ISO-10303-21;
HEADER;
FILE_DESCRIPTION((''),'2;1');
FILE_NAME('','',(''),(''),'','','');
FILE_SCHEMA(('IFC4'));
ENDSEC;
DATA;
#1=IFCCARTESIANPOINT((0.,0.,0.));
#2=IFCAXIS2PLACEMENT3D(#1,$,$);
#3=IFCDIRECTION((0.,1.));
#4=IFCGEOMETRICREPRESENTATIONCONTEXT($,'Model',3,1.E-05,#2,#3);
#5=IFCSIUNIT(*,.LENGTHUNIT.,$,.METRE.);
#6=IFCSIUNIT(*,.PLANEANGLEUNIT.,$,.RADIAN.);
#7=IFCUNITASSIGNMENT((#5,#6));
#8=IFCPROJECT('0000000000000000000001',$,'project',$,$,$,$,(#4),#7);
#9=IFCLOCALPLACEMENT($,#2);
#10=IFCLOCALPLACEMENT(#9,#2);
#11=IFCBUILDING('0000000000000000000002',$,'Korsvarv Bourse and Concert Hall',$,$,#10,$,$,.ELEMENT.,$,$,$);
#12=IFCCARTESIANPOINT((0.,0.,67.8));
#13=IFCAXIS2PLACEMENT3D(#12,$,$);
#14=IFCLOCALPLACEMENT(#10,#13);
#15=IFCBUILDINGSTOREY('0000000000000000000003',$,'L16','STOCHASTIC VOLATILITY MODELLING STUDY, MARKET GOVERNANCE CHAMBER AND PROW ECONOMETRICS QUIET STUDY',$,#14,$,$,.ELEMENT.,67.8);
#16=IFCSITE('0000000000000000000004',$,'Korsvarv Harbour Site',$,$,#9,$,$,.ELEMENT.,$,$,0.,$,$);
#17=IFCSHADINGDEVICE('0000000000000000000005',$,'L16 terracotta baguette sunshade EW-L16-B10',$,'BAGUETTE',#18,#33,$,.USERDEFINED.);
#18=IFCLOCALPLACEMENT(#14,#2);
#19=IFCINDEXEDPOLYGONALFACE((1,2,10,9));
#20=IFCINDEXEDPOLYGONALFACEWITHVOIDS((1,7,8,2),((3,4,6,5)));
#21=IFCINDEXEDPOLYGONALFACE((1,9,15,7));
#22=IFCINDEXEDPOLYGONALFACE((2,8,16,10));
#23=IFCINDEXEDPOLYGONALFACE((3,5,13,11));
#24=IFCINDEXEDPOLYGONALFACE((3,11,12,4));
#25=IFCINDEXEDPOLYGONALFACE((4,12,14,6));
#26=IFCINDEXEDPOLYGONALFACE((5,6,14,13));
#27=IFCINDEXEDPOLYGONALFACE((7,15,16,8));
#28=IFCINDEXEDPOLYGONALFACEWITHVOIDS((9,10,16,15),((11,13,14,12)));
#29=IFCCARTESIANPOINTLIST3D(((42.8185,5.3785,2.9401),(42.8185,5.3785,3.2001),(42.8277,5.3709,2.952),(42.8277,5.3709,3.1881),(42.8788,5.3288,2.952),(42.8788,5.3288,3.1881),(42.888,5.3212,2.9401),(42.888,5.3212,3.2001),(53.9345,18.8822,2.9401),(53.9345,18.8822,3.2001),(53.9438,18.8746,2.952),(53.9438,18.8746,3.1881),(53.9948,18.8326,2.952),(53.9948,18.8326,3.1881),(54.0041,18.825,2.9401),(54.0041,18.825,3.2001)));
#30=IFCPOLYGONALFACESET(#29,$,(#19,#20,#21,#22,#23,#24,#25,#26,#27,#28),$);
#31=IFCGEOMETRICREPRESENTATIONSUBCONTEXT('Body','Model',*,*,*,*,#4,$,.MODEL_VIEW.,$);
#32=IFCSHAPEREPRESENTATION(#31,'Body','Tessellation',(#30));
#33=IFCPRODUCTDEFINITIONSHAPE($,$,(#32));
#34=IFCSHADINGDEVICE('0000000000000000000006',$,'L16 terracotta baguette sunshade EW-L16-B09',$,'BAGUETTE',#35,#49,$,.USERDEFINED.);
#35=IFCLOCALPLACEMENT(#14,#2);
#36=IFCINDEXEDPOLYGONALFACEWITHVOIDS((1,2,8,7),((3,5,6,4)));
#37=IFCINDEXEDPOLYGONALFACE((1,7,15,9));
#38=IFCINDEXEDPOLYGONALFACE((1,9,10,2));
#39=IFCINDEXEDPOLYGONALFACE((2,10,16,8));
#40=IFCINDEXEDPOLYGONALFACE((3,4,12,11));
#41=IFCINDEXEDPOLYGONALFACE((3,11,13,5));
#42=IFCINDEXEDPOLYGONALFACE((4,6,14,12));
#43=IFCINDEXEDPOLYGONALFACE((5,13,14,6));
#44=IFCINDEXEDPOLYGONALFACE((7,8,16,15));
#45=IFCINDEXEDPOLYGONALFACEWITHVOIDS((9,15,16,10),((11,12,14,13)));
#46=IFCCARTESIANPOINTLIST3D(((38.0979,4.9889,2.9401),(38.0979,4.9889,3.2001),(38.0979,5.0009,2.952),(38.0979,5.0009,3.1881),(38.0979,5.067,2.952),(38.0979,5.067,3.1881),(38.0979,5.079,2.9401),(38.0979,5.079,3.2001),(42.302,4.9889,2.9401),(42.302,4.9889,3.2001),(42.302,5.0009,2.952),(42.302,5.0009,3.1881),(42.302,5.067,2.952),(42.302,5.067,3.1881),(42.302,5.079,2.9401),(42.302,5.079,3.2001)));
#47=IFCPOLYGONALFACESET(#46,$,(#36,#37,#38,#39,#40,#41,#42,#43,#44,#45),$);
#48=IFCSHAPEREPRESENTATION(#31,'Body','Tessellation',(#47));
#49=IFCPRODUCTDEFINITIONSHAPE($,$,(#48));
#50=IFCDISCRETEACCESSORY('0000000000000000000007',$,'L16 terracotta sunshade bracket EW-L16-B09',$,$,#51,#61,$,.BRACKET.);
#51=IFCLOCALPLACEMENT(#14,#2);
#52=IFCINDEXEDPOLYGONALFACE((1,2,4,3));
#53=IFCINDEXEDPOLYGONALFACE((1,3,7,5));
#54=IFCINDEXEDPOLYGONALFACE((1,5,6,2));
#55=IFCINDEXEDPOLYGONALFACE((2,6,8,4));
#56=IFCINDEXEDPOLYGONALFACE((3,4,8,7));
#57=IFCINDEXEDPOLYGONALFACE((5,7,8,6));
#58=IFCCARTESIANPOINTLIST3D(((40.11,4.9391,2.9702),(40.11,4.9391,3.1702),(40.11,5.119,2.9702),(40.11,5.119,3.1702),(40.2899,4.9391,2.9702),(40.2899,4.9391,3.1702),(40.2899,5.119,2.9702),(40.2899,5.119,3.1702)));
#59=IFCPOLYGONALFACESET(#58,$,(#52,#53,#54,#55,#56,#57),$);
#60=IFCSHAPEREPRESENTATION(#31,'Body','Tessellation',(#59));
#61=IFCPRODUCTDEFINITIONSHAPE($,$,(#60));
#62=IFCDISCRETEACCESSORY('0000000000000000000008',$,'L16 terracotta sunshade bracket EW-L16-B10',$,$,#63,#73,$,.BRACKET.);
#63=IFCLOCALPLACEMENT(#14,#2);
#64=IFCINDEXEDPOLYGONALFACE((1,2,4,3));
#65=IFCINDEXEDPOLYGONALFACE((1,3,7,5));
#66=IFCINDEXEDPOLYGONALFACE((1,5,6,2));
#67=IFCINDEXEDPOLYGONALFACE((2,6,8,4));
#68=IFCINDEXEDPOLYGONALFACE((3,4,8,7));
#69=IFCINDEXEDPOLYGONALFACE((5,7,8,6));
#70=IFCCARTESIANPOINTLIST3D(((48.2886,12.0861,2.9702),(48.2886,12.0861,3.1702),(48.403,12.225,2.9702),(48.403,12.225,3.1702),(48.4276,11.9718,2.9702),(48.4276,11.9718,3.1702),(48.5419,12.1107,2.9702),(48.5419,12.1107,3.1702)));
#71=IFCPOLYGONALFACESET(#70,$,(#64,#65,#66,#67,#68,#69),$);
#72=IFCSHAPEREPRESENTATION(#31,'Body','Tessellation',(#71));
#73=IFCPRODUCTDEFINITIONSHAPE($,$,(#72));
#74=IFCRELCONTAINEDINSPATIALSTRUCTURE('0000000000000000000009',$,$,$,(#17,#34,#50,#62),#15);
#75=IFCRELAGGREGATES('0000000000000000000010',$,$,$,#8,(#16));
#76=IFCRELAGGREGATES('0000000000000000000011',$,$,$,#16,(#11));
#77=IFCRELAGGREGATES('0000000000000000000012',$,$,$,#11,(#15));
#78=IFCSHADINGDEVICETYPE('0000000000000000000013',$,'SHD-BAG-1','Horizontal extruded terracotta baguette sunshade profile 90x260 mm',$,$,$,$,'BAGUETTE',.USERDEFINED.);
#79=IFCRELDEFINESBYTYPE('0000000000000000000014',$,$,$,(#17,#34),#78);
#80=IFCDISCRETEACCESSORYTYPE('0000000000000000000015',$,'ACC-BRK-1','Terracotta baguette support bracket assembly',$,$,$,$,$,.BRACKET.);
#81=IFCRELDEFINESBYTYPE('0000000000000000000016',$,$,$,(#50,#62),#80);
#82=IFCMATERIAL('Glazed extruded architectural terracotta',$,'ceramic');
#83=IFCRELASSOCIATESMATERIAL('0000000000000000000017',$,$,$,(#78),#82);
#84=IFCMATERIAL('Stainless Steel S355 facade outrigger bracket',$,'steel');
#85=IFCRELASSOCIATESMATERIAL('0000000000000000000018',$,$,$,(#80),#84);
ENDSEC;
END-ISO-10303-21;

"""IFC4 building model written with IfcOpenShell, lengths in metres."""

from ifc_helpers import new_model, si_unit, direction, frame, origin, origin_2d, place, context, subcontext, project, spatial, rectangle, hollow_rectangle, extrude, source, transform, mapped, material, material_profile, profile_set, type_object, element, save


model = new_model("IFC4")

# Units and contexts
model_context = context("Model", 3, precision=1e-05, world=origin(), true_north=direction((0.0, 1.0)))
body_context = subcontext(model_context, "Body", "Model", "MODEL_VIEW")
ifc_project = project(units=[si_unit("LENGTHUNIT", "METRE"), si_unit("PLANEANGLEUNIT", "RADIAN")], contexts=[model_context])

# Site, building, storey
site_placement = place(None, origin())
site = spatial("IfcSite", under=ifc_project, at=site_placement, Name="Korsvarv Harbour Site", CompositionType="ELEMENT", RefElevation=0.0)
building_placement = place(site_placement, origin())
building = spatial("IfcBuilding", under=site, at=building_placement, Name="Korsvarv Bourse and Concert Hall", CompositionType="ELEMENT")
storey_placement = place(building_placement, frame((0.0, 0.0, 67.8)))
storey = spatial("IfcBuildingStorey", under=building, at=storey_placement, Name="L16", Description="STOCHASTIC VOLATILITY MODELLING STUDY, MARKET GOVERNANCE CHAMBER AND PROW ECONOMETRICS QUIET STUDY", CompositionType="ELEMENT", Elevation=67.8)

# Shading devices
ifc_material_1 = material(Name="Glazed extruded architectural terracotta", Category="ceramic")
ifc_material_profile_1 = material_profile(ifc_material_1, hollow_rectangle(XDim=0.0901, YDim=0.26, WallThickness=0.012, at=origin_2d()), Name="TC-BAG 90x260")
ifc_profile_set_1 = profile_set([ifc_material_profile_1], Name="Glazed extruded architectural terracotta")
shading_device_type = type_object("IfcShadingDeviceType", Name="SHD-BAG-1", Description="Horizontal extruded terracotta baguette sunshade profile 90x260 mm", ElementType="BAGUETTE", PredefinedType="USERDEFINED", material=ifc_profile_set_1)
shared_shape_1 = source(origin(), body_context, "Body", "SweptSolid", [
    extrude(hollow_rectangle(XDim=0.0901, YDim=0.26, WallThickness=0.012, at=origin_2d()), origin(), (0.0, 0.0, 1.0), 17.4905),
])
shading_device_1_placement = place(storey_placement, frame((42.8533, 5.3499, 3.0701), z_axis=(0.635547, 0.772062, 0.0), x_axis=(-0.772062, 0.635547, 0.0)))
element("IfcShadingDevice", 1, at=shading_device_1_placement, inside=storey, type_object=shading_device_type, Name="L16 terracotta baguette sunshade EW-L16-B10", ObjectType="BAGUETTE", PredefinedType="USERDEFINED", context=body_context, shape_type="MappedRepresentation", body=[
    mapped(shared_shape_1, transform((0.0, 0.0, 0.0), scale=1.0)),
])
shared_shape_2 = source(origin(), body_context, "Body", "SweptSolid", [
    extrude(hollow_rectangle(XDim=0.0901, YDim=0.26, WallThickness=0.012, at=origin_2d()), origin(), (0.0, 0.0, 1.0), 4.2041),
])
shading_device_2_placement = place(storey_placement, frame((38.0979, 5.0339, 3.0701), z_axis=(1.0, 0.0, 0.0), x_axis=(0.0, 1.0, 0.0)))
element("IfcShadingDevice", 2, at=shading_device_2_placement, inside=storey, type_object=shading_device_type, Name="L16 terracotta baguette sunshade EW-L16-B09", ObjectType="BAGUETTE", PredefinedType="USERDEFINED", context=body_context, shape_type="MappedRepresentation", body=[
    mapped(shared_shape_2, transform((0.0, 0.0, 0.0), scale=1.0)),
])

# Discrete accessories
ifc_material_2 = material(Name="Stainless Steel S355 facade outrigger bracket", Category="steel")
discrete_accessory_type = type_object("IfcDiscreteAccessoryType", Name="ACC-BRK-1", Description="Terracotta baguette support bracket assembly", PredefinedType="BRACKET", material=ifc_material_2)
shared_shape_3 = source(origin(), body_context, "Body", "SweptSolid", [
    extrude(rectangle(XDim=0.1799, YDim=0.1799, at=origin_2d()), origin(), (0.0, 0.0, 1.0), 0.2),
])
for number, where, z_axis, x_axis, name in (
    (3, (40.2, 5.0291, 2.9702), (0.0, 0.0, 1.0), (1.0, 0.0, 0.0), "L16 terracotta sunshade bracket EW-L16-B09"),
    (4, (48.4153, 12.0984, 2.9702), (0.0, 0.0, 1.0), (0.635539, 0.772068, 0.0), "L16 terracotta sunshade bracket EW-L16-B10"),
):
    element("IfcDiscreteAccessory", number, at=place(storey_placement, frame(where, z_axis=z_axis, x_axis=x_axis)), inside=storey, type_object=discrete_accessory_type, Name=name, PredefinedType="BRACKET", context=body_context, shape_type="MappedRepresentation", body=[
        mapped(shared_shape_3, transform((0.0, 0.0, 0.0), scale=1.0)),
    ])

save(model, "model.ifc")
